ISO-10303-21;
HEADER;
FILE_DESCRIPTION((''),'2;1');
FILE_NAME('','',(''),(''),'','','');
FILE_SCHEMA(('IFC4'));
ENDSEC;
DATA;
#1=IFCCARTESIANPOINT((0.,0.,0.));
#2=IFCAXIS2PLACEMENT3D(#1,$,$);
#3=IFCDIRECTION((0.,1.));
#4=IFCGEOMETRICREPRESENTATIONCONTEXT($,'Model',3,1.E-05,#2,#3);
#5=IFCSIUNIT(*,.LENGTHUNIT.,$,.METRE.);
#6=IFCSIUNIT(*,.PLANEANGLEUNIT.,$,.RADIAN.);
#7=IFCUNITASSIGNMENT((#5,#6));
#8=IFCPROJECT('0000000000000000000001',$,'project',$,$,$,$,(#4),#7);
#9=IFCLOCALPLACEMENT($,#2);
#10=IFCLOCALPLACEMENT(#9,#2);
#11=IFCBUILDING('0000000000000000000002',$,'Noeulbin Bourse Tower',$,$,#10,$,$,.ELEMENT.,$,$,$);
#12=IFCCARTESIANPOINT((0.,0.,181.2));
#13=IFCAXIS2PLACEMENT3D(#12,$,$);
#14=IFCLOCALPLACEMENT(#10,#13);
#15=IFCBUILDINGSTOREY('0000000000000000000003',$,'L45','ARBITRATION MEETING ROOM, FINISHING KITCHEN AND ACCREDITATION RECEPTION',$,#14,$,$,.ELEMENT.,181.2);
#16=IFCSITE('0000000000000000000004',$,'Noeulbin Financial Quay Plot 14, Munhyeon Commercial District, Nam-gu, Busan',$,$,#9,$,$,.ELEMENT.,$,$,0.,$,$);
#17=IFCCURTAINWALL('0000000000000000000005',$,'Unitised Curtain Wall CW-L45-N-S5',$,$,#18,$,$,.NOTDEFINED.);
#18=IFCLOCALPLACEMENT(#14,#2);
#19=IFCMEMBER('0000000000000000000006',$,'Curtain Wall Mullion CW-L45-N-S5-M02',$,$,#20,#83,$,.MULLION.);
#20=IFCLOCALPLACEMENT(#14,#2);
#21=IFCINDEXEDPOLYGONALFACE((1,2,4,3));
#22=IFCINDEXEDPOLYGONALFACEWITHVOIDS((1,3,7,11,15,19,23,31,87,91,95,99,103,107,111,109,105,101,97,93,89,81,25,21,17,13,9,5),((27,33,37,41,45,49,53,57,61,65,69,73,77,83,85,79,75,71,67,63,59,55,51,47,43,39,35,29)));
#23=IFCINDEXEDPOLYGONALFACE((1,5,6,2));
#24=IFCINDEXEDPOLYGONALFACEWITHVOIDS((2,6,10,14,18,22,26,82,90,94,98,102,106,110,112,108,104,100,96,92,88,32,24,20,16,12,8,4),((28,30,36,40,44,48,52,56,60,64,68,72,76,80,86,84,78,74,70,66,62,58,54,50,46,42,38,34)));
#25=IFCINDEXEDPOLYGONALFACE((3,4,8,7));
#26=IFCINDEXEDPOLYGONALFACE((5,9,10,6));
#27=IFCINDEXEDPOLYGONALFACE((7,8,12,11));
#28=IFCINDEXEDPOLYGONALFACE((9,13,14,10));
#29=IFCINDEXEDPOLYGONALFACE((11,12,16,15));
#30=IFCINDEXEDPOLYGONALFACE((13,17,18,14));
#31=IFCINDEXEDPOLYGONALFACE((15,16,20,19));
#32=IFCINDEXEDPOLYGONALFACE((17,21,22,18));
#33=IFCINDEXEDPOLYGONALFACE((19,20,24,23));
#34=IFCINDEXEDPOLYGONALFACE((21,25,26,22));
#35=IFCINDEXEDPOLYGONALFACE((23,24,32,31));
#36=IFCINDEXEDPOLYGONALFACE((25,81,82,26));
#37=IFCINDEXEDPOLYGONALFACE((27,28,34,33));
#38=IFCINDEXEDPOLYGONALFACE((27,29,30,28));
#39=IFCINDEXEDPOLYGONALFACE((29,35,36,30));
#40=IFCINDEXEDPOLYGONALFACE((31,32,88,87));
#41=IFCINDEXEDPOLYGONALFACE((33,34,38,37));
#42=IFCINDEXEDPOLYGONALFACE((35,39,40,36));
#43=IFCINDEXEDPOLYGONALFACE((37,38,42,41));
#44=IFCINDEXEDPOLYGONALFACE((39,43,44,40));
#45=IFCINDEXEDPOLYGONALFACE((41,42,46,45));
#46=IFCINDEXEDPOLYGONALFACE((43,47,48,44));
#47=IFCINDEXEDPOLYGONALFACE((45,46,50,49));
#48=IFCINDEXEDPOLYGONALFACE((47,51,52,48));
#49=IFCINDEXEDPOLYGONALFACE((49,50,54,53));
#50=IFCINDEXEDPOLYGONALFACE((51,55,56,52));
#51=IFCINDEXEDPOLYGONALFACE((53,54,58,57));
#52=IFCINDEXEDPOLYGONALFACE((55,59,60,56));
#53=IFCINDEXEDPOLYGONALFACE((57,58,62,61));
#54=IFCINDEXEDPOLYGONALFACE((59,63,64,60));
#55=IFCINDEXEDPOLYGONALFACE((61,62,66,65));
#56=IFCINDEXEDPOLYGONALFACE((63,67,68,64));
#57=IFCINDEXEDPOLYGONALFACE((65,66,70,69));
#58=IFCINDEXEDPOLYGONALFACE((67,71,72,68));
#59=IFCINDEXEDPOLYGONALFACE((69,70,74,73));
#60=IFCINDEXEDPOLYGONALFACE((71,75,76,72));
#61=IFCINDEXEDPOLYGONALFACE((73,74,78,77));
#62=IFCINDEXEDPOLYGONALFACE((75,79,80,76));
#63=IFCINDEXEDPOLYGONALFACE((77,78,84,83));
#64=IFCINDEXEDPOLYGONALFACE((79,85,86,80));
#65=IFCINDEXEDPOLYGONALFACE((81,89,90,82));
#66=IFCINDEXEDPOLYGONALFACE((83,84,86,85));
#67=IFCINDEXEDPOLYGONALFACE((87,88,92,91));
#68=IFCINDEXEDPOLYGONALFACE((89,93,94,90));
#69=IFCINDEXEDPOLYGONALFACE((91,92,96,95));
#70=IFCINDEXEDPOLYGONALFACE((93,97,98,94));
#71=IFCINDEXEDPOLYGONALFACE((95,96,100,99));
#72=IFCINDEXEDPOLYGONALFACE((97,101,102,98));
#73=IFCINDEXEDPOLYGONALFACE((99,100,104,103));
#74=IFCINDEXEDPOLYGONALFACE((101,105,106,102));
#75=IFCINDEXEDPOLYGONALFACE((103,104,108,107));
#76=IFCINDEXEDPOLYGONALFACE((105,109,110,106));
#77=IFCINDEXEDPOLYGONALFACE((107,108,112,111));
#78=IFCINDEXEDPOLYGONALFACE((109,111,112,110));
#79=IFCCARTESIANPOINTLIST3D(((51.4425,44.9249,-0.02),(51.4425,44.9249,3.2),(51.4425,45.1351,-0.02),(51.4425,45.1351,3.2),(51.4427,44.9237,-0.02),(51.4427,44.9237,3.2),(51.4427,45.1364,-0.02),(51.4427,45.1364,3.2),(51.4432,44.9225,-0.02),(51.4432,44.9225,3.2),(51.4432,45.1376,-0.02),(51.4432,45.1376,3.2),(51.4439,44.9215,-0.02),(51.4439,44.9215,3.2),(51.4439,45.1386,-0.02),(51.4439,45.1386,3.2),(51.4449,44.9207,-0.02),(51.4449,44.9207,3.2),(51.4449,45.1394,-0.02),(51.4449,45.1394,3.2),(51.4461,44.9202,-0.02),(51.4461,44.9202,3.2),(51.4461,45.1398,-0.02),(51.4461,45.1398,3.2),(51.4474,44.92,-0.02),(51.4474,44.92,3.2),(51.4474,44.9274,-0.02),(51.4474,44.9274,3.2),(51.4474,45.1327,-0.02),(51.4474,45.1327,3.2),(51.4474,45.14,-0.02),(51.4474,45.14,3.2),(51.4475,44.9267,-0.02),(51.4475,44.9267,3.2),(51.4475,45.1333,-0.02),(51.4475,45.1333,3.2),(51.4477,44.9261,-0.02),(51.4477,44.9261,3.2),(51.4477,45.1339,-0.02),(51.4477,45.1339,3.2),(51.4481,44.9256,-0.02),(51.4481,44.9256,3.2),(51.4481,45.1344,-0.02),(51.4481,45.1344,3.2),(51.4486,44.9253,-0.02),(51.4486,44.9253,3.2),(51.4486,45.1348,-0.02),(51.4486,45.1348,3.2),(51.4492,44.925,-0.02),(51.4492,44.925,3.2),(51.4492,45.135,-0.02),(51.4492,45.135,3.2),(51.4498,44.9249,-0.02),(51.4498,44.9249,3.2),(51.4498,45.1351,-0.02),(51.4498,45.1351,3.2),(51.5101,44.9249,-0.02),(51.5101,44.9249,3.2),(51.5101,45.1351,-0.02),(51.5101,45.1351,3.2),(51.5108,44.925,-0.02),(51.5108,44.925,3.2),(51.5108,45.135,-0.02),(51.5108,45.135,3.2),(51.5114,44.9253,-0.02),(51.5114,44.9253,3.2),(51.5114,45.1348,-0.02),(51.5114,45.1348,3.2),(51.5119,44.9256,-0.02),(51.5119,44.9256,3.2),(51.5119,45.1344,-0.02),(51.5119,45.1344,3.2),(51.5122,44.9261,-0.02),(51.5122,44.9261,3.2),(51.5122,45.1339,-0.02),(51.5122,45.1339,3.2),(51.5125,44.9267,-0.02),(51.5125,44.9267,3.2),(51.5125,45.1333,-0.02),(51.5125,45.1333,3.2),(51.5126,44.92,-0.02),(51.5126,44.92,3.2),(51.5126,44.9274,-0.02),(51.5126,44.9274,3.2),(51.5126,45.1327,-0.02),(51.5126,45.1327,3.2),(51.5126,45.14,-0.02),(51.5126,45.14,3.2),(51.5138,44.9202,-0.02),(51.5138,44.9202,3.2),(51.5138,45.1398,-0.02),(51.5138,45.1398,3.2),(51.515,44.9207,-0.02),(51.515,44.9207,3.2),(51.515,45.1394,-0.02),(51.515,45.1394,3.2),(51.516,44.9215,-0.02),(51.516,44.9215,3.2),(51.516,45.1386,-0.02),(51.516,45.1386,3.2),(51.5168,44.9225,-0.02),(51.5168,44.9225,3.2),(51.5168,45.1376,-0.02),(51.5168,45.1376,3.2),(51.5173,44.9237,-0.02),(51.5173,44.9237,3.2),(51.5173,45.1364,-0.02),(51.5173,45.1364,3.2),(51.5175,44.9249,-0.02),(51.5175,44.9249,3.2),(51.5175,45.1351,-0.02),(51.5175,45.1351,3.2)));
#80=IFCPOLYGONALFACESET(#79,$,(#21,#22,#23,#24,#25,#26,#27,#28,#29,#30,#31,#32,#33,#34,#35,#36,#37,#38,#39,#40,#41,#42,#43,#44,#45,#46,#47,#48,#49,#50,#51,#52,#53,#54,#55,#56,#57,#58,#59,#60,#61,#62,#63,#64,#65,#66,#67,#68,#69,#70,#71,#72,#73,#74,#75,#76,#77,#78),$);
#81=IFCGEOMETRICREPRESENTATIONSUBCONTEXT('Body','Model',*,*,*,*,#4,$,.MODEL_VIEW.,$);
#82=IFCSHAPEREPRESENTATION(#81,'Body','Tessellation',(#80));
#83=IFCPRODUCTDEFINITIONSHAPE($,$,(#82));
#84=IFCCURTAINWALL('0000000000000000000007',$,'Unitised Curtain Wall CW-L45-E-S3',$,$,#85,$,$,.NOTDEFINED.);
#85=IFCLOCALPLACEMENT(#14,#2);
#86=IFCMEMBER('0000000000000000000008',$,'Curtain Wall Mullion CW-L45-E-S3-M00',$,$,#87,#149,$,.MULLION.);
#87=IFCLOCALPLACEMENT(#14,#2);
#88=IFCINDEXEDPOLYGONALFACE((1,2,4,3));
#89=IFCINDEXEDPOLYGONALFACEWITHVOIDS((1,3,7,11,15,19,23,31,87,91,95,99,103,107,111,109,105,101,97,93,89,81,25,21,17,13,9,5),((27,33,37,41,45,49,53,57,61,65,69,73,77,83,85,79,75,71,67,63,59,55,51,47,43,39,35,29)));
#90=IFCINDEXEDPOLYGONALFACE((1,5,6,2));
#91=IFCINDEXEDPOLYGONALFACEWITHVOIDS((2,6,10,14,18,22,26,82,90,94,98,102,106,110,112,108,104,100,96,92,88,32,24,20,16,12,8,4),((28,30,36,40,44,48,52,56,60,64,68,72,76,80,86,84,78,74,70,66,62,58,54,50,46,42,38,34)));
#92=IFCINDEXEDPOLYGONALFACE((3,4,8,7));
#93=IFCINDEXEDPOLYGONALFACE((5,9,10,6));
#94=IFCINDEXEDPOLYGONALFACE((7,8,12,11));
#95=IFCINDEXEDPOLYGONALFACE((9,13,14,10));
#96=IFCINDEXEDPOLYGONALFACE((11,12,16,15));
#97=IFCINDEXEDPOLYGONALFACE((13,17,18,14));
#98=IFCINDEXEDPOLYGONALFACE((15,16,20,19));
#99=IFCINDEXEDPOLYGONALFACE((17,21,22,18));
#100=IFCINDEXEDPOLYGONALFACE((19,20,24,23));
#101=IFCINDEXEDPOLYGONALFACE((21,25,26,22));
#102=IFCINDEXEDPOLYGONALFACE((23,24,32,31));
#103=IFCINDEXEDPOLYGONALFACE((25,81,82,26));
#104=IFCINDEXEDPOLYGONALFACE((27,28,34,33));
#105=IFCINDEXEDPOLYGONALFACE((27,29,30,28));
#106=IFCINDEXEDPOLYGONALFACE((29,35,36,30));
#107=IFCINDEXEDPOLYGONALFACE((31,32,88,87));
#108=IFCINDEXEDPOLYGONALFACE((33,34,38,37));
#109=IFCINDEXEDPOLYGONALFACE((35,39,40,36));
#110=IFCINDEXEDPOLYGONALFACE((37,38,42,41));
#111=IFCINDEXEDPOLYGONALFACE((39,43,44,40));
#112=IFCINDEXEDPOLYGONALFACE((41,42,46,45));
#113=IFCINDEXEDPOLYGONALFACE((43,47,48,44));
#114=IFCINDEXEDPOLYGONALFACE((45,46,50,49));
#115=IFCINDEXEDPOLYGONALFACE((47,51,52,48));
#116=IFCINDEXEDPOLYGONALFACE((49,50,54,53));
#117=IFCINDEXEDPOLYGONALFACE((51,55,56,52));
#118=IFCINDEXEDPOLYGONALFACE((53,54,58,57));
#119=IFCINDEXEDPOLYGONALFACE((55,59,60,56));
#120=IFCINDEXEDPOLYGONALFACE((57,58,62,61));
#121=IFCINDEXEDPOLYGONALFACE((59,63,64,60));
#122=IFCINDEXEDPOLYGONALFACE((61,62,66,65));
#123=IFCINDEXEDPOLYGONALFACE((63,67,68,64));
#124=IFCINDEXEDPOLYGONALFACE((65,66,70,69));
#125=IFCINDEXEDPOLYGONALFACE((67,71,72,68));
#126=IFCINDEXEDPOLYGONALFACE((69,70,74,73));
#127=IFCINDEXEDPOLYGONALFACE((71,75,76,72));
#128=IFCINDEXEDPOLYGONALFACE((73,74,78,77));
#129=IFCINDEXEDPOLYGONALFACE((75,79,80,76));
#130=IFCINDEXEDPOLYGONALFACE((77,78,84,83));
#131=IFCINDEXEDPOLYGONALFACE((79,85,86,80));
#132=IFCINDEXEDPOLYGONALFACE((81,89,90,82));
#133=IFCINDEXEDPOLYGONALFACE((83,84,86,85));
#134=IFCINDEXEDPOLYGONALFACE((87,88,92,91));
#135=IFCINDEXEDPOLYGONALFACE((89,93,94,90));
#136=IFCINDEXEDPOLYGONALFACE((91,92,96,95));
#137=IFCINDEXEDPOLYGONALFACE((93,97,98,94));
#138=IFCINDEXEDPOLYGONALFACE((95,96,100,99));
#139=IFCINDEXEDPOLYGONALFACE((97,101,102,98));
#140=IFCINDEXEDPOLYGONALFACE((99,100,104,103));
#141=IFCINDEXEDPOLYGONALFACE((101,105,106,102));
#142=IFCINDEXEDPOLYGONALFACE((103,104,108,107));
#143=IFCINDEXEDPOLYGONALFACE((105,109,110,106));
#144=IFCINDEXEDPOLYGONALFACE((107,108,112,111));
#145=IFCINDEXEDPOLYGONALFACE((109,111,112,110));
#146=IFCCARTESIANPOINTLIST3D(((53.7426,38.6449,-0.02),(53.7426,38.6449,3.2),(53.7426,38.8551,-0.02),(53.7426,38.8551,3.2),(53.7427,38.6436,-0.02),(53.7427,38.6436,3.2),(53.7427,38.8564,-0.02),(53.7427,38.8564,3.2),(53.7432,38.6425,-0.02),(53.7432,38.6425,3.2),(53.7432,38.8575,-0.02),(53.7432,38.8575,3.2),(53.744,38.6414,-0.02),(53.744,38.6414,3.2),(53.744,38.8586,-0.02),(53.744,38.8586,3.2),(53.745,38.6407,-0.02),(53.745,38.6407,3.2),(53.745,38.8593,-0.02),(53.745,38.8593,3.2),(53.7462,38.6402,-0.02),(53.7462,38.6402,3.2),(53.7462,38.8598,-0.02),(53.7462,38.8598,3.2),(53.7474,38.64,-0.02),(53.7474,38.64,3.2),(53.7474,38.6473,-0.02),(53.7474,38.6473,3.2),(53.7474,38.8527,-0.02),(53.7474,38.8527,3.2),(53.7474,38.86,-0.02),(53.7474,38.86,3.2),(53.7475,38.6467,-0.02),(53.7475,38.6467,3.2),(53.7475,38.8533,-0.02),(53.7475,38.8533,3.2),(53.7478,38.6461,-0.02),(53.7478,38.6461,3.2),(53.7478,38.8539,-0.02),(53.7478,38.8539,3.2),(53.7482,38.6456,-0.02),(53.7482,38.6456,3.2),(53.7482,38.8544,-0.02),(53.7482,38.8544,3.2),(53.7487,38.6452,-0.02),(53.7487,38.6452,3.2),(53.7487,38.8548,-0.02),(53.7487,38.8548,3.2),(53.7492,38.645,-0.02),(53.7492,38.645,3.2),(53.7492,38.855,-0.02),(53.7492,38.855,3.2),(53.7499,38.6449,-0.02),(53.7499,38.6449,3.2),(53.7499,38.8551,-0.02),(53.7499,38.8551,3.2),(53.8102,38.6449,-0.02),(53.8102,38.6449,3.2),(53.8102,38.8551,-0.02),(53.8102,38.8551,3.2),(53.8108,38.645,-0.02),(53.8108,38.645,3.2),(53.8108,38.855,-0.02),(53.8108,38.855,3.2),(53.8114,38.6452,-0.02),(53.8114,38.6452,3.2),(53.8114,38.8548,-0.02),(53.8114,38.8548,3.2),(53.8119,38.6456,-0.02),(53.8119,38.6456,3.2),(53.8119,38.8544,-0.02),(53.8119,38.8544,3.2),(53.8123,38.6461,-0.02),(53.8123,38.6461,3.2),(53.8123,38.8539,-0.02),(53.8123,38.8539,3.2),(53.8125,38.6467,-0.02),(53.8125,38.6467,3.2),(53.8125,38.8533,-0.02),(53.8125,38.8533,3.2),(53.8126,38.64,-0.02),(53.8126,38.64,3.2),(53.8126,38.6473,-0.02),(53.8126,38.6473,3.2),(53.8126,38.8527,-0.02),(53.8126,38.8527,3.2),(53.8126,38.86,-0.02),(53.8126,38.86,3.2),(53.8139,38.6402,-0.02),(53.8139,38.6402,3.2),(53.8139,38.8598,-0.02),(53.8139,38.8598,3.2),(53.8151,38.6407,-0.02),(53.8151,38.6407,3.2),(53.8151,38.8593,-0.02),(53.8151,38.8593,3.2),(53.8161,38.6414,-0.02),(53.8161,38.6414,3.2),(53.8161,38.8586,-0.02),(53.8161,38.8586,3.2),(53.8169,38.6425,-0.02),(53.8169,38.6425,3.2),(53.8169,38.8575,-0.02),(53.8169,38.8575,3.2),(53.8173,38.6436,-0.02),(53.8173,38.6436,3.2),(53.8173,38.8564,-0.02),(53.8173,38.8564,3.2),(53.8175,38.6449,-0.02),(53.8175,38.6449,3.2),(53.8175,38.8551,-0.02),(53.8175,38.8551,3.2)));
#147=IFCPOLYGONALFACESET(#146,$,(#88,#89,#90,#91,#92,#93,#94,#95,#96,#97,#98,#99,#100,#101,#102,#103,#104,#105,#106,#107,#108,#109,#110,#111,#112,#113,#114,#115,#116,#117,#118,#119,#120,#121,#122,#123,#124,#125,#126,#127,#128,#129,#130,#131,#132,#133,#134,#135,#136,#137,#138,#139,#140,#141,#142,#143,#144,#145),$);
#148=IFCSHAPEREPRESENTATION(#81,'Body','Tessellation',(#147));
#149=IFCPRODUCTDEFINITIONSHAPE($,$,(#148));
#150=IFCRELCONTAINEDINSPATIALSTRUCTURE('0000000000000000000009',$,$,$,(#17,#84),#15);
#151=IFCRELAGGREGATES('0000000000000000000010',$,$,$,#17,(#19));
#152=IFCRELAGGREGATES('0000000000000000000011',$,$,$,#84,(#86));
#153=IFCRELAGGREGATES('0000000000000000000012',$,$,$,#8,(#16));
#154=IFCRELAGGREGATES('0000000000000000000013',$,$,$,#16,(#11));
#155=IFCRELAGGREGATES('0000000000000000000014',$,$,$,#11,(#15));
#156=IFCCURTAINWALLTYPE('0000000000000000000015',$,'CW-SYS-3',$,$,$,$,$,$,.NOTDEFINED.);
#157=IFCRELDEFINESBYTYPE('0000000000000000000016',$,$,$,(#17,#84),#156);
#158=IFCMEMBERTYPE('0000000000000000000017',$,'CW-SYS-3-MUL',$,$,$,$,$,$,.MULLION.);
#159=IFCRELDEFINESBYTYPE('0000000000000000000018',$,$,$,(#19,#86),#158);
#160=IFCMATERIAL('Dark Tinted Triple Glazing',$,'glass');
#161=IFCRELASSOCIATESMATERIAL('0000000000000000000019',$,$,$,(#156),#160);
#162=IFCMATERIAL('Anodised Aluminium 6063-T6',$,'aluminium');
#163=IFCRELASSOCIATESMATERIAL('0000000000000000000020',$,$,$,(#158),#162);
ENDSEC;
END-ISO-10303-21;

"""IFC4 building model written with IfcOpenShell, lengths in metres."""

from ifc_helpers import new_model, si_unit, direction, frame, origin, origin_2d, place, context, subcontext, project, spatial, hollow_rectangle, extrude, material, material_profile, profile_set, type_object, element, aggregate, save


model = new_model("IFC4")

# Units and contexts
model_context = context("Model", 3, precision=1e-05, world=origin(), true_north=direction((0.0, 1.0)))
body_context = subcontext(model_context, "Body", "Model", "MODEL_VIEW")
ifc_project = project(units=[si_unit("LENGTHUNIT", "METRE"), si_unit("PLANEANGLEUNIT", "RADIAN")], contexts=[model_context])

# Site, building, storey
site_placement = place(None, origin())
site = spatial("IfcSite", under=ifc_project, at=site_placement, Name="Noeulbin Financial Quay Plot 14, Munhyeon Commercial District, Nam-gu, Busan", CompositionType="ELEMENT", RefElevation=0.0)
building_placement = place(site_placement, origin())
building = spatial("IfcBuilding", under=site, at=building_placement, Name="Noeulbin Bourse Tower", CompositionType="ELEMENT")
storey_placement = place(building_placement, frame((0.0, 0.0, 181.2)))
storey = spatial("IfcBuildingStorey", under=building, at=storey_placement, Name="L45", Description="ARBITRATION MEETING ROOM, FINISHING KITCHEN AND ACCREDITATION RECEPTION", CompositionType="ELEMENT", Elevation=181.2)

# Shared definitions
ifc_material_1 = material(Name="Dark Tinted Triple Glazing", Category="glass")
curtain_wall_type = type_object("IfcCurtainWallType", Name="CW-SYS-3", PredefinedType="NOTDEFINED", material=ifc_material_1)
ifc_material_2 = material(Name="Anodised Aluminium 6063-T6", Category="aluminium")
ifc_material_profile_1 = material_profile(ifc_material_2, hollow_rectangle(XDim=0.075, YDim=0.22, WallThickness=0.0049, InnerFilletRadius=0.0024, OuterFilletRadius=0.0049, at=origin_2d()), Name="ALU-MULL-75x220x5", Category="LoadBearing")
ifc_profile_set_1 = profile_set([ifc_material_profile_1], Name="Anodised Aluminium 6063-T6")
member_type_1 = type_object("IfcMemberType", Name="CW-SYS-3-MUL", PredefinedType="MULLION", material=ifc_profile_set_1)

# Curtain walls, members
curtain_wall_1_placement = place(storey_placement, origin())
curtain_wall_1 = element("IfcCurtainWall", 1, at=curtain_wall_1_placement, inside=storey, type_object=curtain_wall_type, Name="Unitised Curtain Wall CW-L45-N-S5", PredefinedType="NOTDEFINED")
member_1_placement = place(storey_placement, frame((51.48, 45.03, -0.02), z_axis=(0.0, 0.0, 1.0), x_axis=(1.0, 0.0, 0.0)))
member_1 = element("IfcMember", 2, at=member_1_placement, type_object=member_type_1, Name="Curtain Wall Mullion CW-L45-N-S5-M02", PredefinedType="MULLION", context=body_context, shape_type="SweptSolid", body=[
    extrude(hollow_rectangle(XDim=0.075, YDim=0.22, WallThickness=0.0049, InnerFilletRadius=0.0024, OuterFilletRadius=0.0049, at=origin_2d()), origin(), (0.0, 0.0, 1.0), 3.22),
])
curtain_wall_2_placement = place(storey_placement, origin())
curtain_wall_2 = element("IfcCurtainWall", 3, at=curtain_wall_2_placement, inside=storey, type_object=curtain_wall_type, Name="Unitised Curtain Wall CW-L45-E-S3", PredefinedType="NOTDEFINED")
member_2_placement = place(storey_placement, frame((53.78, 38.75, -0.02), z_axis=(0.0, 0.0, 1.0), x_axis=(1.0, 0.0, 0.0)))
member_2 = element("IfcMember", 4, at=member_2_placement, type_object=member_type_1, Name="Curtain Wall Mullion CW-L45-E-S3-M00", PredefinedType="MULLION", context=body_context, shape_type="SweptSolid", body=[
    extrude(hollow_rectangle(XDim=0.075, YDim=0.22, WallThickness=0.0049, InnerFilletRadius=0.0024, OuterFilletRadius=0.0049, at=origin_2d()), origin(), (0.0, 0.0, 1.0), 3.22),
])

aggregate(curtain_wall_1, [member_1])
aggregate(curtain_wall_2, [member_2])

save(model, "model.ifc")
